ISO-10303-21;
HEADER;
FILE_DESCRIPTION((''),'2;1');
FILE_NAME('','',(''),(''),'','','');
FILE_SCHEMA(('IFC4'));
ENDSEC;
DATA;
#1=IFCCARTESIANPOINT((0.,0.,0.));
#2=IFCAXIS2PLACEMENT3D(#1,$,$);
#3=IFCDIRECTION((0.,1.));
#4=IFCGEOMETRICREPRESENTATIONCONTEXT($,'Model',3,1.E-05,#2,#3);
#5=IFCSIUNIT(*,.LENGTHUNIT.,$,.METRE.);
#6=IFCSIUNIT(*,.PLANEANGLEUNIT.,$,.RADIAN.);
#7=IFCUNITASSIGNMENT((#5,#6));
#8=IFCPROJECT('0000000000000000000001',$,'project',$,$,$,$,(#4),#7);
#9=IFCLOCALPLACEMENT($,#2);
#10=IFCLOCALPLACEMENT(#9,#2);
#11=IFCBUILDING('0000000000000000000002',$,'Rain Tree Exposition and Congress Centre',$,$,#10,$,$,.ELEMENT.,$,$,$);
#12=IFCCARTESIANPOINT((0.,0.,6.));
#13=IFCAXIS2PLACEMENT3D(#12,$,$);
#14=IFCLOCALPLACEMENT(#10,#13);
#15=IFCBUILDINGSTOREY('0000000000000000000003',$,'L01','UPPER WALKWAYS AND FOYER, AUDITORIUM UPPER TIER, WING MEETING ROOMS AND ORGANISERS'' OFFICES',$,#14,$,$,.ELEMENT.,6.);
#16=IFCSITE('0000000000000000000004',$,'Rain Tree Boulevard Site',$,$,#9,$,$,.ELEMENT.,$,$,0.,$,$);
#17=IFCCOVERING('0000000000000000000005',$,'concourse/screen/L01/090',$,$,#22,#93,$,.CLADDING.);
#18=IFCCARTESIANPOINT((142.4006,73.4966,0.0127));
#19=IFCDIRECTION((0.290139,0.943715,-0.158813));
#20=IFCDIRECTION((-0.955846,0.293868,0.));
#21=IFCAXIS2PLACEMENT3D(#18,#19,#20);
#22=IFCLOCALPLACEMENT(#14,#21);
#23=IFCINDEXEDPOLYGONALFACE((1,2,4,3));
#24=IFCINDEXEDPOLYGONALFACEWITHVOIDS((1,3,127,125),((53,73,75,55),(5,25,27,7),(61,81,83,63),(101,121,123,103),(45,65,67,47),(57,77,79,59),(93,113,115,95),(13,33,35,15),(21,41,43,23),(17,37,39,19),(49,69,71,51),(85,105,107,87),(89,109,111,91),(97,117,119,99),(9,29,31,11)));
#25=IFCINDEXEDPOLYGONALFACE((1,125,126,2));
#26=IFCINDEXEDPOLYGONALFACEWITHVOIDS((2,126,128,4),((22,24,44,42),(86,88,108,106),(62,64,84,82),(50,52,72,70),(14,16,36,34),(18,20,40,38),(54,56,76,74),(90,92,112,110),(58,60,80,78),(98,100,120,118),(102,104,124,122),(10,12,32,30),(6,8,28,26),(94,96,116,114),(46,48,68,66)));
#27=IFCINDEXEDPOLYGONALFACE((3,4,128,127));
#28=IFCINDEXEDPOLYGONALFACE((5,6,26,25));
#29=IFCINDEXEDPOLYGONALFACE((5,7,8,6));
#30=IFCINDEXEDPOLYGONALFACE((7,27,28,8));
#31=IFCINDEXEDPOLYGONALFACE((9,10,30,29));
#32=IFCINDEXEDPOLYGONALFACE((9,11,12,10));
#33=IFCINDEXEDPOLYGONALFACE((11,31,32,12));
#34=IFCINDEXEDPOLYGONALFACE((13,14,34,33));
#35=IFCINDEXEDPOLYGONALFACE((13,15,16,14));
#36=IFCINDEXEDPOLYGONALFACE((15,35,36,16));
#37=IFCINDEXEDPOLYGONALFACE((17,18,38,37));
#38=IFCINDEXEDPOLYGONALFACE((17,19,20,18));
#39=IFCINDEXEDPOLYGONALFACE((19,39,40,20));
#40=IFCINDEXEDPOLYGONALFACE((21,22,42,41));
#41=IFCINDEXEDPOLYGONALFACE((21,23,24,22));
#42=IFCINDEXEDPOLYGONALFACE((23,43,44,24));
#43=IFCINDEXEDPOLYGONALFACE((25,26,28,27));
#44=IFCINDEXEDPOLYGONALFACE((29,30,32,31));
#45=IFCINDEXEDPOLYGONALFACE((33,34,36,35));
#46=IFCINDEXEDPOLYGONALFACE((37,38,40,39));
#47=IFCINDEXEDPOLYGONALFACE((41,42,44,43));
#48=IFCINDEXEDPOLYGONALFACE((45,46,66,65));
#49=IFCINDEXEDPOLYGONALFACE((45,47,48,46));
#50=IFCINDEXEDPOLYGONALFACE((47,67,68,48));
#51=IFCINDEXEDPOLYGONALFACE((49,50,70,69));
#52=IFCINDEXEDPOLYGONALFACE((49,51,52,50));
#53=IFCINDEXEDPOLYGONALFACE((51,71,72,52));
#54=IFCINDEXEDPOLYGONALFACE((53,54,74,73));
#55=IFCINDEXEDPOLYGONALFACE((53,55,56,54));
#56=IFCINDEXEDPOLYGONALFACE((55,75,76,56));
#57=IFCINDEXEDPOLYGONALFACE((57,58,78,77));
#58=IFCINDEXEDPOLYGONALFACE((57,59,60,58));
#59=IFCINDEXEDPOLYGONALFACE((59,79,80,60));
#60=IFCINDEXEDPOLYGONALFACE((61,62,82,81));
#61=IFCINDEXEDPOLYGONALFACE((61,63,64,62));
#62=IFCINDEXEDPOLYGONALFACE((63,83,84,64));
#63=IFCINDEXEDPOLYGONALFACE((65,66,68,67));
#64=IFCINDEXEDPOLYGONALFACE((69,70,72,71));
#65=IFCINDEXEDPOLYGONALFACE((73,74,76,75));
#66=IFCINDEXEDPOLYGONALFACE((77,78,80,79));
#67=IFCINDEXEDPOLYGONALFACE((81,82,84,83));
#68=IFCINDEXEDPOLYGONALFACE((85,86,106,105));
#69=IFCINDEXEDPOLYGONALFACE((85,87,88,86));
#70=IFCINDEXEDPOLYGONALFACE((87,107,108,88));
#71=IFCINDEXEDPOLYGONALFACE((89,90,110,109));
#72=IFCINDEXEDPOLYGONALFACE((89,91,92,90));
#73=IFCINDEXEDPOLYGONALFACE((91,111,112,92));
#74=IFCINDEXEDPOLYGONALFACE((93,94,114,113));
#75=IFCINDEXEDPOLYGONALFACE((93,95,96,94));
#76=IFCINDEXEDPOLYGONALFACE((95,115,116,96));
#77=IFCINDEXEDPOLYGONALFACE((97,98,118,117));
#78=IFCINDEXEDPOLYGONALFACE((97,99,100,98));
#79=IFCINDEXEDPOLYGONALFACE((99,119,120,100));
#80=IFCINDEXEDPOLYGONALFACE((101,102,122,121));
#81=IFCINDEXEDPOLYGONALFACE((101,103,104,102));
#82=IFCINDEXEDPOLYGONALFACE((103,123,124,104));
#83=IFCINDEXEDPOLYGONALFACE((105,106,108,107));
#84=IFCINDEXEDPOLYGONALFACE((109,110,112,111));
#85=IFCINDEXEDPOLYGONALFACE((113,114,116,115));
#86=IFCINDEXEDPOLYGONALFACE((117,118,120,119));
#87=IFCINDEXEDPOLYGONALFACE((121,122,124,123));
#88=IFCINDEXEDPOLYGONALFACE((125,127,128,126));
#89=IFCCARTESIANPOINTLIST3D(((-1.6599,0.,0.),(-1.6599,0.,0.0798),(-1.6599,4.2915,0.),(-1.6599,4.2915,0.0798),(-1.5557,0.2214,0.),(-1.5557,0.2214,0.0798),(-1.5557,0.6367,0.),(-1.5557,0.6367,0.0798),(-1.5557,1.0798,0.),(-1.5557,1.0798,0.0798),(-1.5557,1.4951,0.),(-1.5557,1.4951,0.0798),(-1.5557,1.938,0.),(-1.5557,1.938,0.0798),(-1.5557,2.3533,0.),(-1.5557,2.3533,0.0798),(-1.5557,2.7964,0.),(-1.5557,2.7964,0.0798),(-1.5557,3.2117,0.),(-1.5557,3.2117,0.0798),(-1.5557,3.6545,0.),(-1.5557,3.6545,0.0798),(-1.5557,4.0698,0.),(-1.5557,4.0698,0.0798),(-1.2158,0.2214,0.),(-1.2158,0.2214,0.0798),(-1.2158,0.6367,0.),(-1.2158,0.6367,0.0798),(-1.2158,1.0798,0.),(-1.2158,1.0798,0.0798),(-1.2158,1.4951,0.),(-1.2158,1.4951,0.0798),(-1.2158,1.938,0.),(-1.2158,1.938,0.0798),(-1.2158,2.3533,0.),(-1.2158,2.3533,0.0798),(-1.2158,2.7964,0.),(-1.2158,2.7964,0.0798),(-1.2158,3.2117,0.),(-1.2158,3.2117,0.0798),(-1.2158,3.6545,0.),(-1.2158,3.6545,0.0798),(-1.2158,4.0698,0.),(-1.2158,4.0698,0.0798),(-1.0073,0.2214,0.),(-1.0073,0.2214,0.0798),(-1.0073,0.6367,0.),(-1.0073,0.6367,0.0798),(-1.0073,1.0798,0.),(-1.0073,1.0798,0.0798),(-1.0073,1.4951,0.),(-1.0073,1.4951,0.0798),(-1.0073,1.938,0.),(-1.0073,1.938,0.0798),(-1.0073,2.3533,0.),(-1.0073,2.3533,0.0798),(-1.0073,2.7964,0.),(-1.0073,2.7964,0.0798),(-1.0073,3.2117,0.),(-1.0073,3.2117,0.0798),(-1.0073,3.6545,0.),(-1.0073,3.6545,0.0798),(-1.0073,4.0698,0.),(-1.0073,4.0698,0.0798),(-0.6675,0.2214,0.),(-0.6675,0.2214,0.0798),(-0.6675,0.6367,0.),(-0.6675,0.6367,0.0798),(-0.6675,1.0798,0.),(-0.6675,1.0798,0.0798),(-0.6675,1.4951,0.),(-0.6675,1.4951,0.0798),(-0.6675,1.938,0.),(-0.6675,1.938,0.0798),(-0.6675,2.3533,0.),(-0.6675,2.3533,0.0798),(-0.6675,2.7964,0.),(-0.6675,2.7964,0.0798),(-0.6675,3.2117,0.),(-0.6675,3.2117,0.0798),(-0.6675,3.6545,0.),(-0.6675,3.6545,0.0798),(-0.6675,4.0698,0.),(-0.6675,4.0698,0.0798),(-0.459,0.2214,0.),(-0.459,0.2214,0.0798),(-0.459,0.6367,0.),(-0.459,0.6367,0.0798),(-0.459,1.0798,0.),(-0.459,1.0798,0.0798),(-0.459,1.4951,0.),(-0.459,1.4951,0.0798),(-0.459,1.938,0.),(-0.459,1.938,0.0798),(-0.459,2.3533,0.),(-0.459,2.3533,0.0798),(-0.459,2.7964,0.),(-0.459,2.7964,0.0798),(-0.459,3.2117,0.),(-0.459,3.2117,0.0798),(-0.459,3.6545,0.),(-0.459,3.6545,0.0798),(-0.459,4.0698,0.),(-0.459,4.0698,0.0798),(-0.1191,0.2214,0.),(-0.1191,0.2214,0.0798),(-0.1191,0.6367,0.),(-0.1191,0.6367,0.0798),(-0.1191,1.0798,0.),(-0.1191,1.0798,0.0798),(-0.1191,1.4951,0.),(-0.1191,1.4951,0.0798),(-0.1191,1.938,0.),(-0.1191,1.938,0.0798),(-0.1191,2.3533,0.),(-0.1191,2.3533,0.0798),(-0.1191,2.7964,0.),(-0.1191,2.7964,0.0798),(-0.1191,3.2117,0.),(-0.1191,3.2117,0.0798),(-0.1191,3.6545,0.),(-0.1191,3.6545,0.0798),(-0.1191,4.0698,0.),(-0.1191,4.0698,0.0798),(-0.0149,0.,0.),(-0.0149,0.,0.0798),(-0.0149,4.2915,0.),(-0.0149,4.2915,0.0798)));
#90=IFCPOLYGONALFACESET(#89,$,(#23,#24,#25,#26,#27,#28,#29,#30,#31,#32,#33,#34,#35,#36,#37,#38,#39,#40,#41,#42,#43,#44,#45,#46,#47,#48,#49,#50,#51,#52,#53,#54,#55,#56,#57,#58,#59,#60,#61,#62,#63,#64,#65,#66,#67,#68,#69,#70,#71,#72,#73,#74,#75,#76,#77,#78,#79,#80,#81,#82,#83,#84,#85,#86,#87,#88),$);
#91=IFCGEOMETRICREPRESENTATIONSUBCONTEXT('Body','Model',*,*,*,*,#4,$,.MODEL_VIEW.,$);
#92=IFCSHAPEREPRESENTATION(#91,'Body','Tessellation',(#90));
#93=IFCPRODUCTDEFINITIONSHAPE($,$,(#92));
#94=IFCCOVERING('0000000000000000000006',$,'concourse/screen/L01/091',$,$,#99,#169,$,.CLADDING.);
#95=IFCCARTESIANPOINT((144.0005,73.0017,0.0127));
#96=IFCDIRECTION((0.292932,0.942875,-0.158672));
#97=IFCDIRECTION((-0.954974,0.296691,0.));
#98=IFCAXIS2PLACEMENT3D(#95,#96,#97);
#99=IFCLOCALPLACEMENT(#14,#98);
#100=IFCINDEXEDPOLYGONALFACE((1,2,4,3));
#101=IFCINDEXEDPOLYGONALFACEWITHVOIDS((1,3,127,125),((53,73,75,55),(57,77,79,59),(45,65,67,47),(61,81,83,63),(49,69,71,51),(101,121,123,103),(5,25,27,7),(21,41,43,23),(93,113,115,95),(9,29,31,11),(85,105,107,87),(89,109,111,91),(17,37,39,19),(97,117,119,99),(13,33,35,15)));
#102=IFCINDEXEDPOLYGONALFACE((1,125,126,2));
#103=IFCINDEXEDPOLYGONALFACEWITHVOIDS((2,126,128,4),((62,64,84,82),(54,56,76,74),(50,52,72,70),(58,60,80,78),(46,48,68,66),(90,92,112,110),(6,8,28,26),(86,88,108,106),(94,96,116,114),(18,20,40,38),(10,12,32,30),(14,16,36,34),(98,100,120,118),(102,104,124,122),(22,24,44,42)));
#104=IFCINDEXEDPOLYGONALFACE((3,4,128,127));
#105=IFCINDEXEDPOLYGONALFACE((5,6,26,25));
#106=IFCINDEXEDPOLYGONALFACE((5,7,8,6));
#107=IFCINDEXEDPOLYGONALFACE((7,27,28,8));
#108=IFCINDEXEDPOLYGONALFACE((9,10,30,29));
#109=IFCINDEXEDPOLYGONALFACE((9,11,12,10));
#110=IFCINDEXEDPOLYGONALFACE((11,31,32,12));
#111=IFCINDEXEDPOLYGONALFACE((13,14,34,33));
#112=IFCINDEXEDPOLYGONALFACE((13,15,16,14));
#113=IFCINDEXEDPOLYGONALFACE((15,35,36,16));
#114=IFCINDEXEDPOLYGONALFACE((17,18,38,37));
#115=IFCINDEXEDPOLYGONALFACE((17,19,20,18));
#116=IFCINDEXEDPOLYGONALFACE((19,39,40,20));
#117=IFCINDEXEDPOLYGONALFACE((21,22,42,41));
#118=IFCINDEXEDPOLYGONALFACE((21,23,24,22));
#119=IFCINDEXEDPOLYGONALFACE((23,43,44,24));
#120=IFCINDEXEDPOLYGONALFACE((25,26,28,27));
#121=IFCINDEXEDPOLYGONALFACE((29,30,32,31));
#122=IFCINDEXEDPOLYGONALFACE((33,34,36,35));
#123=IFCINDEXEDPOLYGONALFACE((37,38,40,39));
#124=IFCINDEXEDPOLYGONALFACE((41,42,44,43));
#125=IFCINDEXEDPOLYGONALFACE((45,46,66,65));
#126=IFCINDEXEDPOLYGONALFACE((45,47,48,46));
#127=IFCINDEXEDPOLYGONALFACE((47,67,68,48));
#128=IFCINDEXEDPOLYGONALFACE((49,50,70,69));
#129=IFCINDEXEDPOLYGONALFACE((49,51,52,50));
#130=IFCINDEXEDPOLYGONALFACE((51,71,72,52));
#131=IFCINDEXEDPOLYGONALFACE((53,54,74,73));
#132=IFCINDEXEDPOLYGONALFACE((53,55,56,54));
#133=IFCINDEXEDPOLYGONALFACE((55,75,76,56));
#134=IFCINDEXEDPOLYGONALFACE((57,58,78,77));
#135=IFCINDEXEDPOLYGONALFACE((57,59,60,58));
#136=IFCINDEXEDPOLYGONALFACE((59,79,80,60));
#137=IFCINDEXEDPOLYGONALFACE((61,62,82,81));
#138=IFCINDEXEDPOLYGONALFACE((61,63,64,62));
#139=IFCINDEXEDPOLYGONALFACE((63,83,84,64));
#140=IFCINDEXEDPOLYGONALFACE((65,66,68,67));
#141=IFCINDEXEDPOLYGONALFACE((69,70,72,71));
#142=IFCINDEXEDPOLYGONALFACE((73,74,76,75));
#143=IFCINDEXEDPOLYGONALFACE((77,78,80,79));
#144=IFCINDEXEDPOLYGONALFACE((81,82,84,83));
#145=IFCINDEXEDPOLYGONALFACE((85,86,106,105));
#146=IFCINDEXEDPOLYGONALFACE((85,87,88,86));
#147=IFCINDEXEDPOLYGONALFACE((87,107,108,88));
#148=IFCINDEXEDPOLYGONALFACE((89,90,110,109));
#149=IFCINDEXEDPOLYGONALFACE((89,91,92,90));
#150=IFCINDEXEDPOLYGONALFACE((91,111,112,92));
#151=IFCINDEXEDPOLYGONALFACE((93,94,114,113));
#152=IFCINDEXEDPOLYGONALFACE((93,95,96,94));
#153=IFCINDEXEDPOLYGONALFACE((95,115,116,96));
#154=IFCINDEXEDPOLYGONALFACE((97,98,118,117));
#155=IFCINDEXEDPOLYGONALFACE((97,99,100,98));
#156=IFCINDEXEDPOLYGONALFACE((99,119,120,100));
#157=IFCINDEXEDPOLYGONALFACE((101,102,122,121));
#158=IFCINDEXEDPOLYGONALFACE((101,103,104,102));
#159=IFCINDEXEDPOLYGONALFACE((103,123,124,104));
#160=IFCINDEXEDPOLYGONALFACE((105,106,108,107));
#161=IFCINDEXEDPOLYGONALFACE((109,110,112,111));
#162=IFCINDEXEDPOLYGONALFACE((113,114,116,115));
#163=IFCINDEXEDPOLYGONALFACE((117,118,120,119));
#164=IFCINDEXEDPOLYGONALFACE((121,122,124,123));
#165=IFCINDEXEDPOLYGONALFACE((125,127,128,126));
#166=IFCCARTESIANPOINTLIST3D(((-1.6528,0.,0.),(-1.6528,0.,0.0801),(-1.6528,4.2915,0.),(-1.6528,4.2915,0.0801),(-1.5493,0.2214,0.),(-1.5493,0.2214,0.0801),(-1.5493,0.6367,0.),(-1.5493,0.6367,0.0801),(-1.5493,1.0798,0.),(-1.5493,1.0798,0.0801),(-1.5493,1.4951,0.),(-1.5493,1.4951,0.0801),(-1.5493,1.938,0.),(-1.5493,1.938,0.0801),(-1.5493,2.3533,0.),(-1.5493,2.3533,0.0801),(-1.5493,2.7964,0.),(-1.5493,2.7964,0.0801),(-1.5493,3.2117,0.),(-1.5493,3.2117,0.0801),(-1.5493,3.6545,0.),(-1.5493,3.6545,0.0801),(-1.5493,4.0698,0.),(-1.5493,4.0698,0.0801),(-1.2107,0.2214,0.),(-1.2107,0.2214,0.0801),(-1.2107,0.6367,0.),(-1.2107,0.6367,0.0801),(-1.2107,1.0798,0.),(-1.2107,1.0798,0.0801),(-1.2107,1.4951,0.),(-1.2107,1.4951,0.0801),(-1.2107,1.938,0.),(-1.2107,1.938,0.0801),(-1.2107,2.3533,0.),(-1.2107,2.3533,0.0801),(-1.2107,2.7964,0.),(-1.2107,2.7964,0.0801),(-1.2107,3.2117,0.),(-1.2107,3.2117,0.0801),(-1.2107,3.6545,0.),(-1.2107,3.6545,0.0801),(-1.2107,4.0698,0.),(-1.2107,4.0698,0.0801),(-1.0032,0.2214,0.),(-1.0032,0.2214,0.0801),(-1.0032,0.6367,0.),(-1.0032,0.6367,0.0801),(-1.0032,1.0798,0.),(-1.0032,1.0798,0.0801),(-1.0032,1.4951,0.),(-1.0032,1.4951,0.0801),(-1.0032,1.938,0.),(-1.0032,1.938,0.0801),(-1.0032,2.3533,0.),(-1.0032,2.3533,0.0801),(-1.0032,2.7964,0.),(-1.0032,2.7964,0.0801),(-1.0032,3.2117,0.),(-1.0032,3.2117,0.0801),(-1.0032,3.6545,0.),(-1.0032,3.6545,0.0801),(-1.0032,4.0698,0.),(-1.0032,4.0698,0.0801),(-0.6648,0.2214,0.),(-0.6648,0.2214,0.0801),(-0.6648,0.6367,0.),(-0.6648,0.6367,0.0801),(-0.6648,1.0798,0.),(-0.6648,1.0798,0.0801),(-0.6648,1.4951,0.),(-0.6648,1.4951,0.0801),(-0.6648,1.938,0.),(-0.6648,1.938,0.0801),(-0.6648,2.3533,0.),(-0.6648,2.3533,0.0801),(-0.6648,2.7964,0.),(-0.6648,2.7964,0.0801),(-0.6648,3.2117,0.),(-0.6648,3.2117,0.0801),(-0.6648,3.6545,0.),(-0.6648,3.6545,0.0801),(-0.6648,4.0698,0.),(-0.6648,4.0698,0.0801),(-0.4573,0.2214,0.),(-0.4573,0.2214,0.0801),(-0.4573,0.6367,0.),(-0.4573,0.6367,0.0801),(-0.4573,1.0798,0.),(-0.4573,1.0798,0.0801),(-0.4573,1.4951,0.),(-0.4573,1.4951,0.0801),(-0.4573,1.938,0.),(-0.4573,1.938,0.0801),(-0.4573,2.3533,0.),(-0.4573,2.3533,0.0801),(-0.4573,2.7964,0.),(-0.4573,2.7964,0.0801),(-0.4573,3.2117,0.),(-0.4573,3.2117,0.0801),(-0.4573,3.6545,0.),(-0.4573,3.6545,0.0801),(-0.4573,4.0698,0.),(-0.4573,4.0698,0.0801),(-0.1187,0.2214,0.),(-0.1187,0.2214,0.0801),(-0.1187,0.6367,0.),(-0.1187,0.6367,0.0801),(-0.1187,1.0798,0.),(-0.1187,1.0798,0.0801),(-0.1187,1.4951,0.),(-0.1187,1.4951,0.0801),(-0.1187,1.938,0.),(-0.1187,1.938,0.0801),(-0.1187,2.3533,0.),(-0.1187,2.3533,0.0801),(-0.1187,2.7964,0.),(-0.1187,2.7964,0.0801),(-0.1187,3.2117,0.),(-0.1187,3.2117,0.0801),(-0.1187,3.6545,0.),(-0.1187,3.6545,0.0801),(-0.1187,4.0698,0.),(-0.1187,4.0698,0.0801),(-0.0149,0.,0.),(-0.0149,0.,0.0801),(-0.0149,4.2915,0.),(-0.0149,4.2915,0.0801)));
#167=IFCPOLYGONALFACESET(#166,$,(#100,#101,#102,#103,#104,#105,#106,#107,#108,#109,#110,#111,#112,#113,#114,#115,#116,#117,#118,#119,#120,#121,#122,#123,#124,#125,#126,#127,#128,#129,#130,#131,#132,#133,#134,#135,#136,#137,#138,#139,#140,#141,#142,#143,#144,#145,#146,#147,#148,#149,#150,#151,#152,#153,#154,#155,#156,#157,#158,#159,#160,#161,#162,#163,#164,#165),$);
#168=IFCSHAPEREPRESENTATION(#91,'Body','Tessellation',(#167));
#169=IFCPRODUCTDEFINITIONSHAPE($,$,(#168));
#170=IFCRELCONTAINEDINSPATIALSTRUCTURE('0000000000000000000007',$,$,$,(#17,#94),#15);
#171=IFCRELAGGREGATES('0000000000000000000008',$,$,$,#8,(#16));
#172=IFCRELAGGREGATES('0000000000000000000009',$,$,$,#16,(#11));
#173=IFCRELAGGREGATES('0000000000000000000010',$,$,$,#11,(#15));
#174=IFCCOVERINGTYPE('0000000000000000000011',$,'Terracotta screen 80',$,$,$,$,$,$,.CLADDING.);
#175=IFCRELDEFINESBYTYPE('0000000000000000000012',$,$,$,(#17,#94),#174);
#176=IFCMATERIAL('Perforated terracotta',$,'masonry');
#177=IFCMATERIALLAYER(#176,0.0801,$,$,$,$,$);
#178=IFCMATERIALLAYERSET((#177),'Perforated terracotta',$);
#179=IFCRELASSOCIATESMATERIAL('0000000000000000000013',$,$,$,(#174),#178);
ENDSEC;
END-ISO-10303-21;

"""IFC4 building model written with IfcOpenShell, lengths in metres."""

from ifc_helpers import new_model, si_unit, direction, frame, origin, place, context, subcontext, project, spatial, polyline, outline, extrude, material, layer, layer_set, type_object, element, save


model = new_model("IFC4")

# Units and contexts
model_context = context("Model", 3, precision=1e-05, world=origin(), true_north=direction((0.0, 1.0)))
body_context = subcontext(model_context, "Body", "Model", "MODEL_VIEW")
ifc_project = project(units=[si_unit("LENGTHUNIT", "METRE"), si_unit("PLANEANGLEUNIT", "RADIAN")], contexts=[model_context])

# Site, building, storey
site_placement = place(None, origin())
site = spatial("IfcSite", under=ifc_project, at=site_placement, Name="Rain Tree Boulevard Site", CompositionType="ELEMENT", RefElevation=0.0)
building_placement = place(site_placement, origin())
building = spatial("IfcBuilding", under=site, at=building_placement, Name="Rain Tree Exposition and Congress Centre", CompositionType="ELEMENT")
storey_placement = place(building_placement, frame((0.0, 0.0, 6.0)))
storey = spatial("IfcBuildingStorey", under=building, at=storey_placement, Name="L01", Description="UPPER WALKWAYS AND FOYER, AUDITORIUM UPPER TIER, WING MEETING ROOMS AND ORGANISERS' OFFICES", CompositionType="ELEMENT", Elevation=6.0)

# Coverings
ifc_material_1 = material(Name="Perforated terracotta", Category="masonry")
ifc_layer_1 = layer(ifc_material_1, 0.0801)
ifc_layer_set_1 = layer_set([ifc_layer_1], Name="Perforated terracotta")
covering_type = type_object("IfcCoveringType", Name="Terracotta screen 80", PredefinedType="CLADDING", material=ifc_layer_set_1)
covering_1_placement = place(storey_placement, frame((142.4006, 73.4966, 0.0127), z_axis=(0.290139, 0.943715, -0.158813), x_axis=(-0.955846, 0.293868, 0.0)))
element("IfcCovering", 1, at=covering_1_placement, inside=storey, type_object=covering_type, Name="concourse/screen/L01/090", PredefinedType="CLADDING", context=body_context, shape_type="SweptSolid", body=[
    extrude(outline(polyline([(-1.6599, 0.0), (-1.6599, 4.2915), (-0.0149, 4.2915), (-0.0149, 0.0), (-1.6599, 0.0)]), holes=[polyline([(-0.1191, 0.2214), (-0.1191, 0.6367), (-0.459, 0.6367), (-0.459, 0.2214), (-0.1191, 0.2214)]), polyline([(-0.1191, 1.0798), (-0.1191, 1.4951), (-0.459, 1.4951), (-0.459, 1.0798), (-0.1191, 1.0798)]), polyline([(-0.1191, 1.938), (-0.1191, 2.3533), (-0.459, 2.3533), (-0.459, 1.938), (-0.1191, 1.938)]), polyline([(-0.1191, 2.7964), (-0.1191, 3.2117), (-0.459, 3.2117), (-0.459, 2.7964), (-0.1191, 2.7964)]), polyline([(-0.1191, 3.6545), (-0.1191, 4.0698), (-0.459, 4.0698), (-0.459, 3.6545), (-0.1191, 3.6545)]), polyline([(-0.6675, 0.2214), (-0.6675, 0.6367), (-1.0073, 0.6367), (-1.0073, 0.2214), (-0.6675, 0.2214)]), polyline([(-0.6675, 1.0798), (-0.6675, 1.4951), (-1.0073, 1.4951), (-1.0073, 1.0798), (-0.6675, 1.0798)]), polyline([(-0.6675, 1.938), (-0.6675, 2.3533), (-1.0073, 2.3533), (-1.0073, 1.938), (-0.6675, 1.938)]), polyline([(-0.6675, 2.7964), (-0.6675, 3.2117), (-1.0073, 3.2117), (-1.0073, 2.7964), (-0.6675, 2.7964)]), polyline([(-0.6675, 3.6545), (-0.6675, 4.0698), (-1.0073, 4.0698), (-1.0073, 3.6545), (-0.6675, 3.6545)]), polyline([(-1.2158, 0.2214), (-1.2158, 0.6367), (-1.5557, 0.6367), (-1.5557, 0.2214), (-1.2158, 0.2214)]), polyline([(-1.2158, 1.0798), (-1.2158, 1.4951), (-1.5557, 1.4951), (-1.5557, 1.0798), (-1.2158, 1.0798)]), polyline([(-1.2158, 1.938), (-1.2158, 2.3533), (-1.5557, 2.3533), (-1.5557, 1.938), (-1.2158, 1.938)]), polyline([(-1.2158, 2.7964), (-1.2158, 3.2117), (-1.5557, 3.2117), (-1.5557, 2.7964), (-1.2158, 2.7964)]), polyline([(-1.2158, 3.6545), (-1.2158, 4.0698), (-1.5557, 4.0698), (-1.5557, 3.6545), (-1.2158, 3.6545)])]), origin(), (0.0, 0.0, 1.0), 0.0798),
])
covering_2_placement = place(storey_placement, frame((144.0005, 73.0017, 0.0127), z_axis=(0.292932, 0.942875, -0.158672), x_axis=(-0.954974, 0.296691, 0.0)))
element("IfcCovering", 2, at=covering_2_placement, inside=storey, type_object=covering_type, Name="concourse/screen/L01/091", PredefinedType="CLADDING", context=body_context, shape_type="SweptSolid", body=[
    extrude(outline(polyline([(-1.6528, 0.0), (-1.6528, 4.2915), (-0.0149, 4.2915), (-0.0149, 0.0), (-1.6528, 0.0)]), holes=[polyline([(-0.1187, 0.2214), (-0.1187, 0.6367), (-0.4573, 0.6367), (-0.4573, 0.2214), (-0.1187, 0.2214)]), polyline([(-0.1187, 1.0798), (-0.1187, 1.4951), (-0.4573, 1.4951), (-0.4573, 1.0798), (-0.1187, 1.0798)]), polyline([(-0.1187, 1.938), (-0.1187, 2.3533), (-0.4573, 2.3533), (-0.4573, 1.938), (-0.1187, 1.938)]), polyline([(-0.1187, 2.7964), (-0.1187, 3.2117), (-0.4573, 3.2117), (-0.4573, 2.7964), (-0.1187, 2.7964)]), polyline([(-0.1187, 3.6545), (-0.1187, 4.0698), (-0.4573, 4.0698), (-0.4573, 3.6545), (-0.1187, 3.6545)]), polyline([(-0.6648, 0.2214), (-0.6648, 0.6367), (-1.0032, 0.6367), (-1.0032, 0.2214), (-0.6648, 0.2214)]), polyline([(-0.6648, 1.0798), (-0.6648, 1.4951), (-1.0032, 1.4951), (-1.0032, 1.0798), (-0.6648, 1.0798)]), polyline([(-0.6648, 1.938), (-0.6648, 2.3533), (-1.0032, 2.3533), (-1.0032, 1.938), (-0.6648, 1.938)]), polyline([(-0.6648, 2.7964), (-0.6648, 3.2117), (-1.0032, 3.2117), (-1.0032, 2.7964), (-0.6648, 2.7964)]), polyline([(-0.6648, 3.6545), (-0.6648, 4.0698), (-1.0032, 4.0698), (-1.0032, 3.6545), (-0.6648, 3.6545)]), polyline([(-1.2107, 0.2214), (-1.2107, 0.6367), (-1.5493, 0.6367), (-1.5493, 0.2214), (-1.2107, 0.2214)]), polyline([(-1.2107, 1.0798), (-1.2107, 1.4951), (-1.5493, 1.4951), (-1.5493, 1.0798), (-1.2107, 1.0798)]), polyline([(-1.2107, 1.938), (-1.2107, 2.3533), (-1.5493, 2.3533), (-1.5493, 1.938), (-1.2107, 1.938)]), polyline([(-1.2107, 2.7964), (-1.2107, 3.2117), (-1.5493, 3.2117), (-1.5493, 2.7964), (-1.2107, 2.7964)]), polyline([(-1.2107, 3.6545), (-1.2107, 4.0698), (-1.5493, 4.0698), (-1.5493, 3.6545), (-1.2107, 3.6545)])]), origin(), (0.0, 0.0, 1.0), 0.0801),
])

save(model, "model.ifc")
